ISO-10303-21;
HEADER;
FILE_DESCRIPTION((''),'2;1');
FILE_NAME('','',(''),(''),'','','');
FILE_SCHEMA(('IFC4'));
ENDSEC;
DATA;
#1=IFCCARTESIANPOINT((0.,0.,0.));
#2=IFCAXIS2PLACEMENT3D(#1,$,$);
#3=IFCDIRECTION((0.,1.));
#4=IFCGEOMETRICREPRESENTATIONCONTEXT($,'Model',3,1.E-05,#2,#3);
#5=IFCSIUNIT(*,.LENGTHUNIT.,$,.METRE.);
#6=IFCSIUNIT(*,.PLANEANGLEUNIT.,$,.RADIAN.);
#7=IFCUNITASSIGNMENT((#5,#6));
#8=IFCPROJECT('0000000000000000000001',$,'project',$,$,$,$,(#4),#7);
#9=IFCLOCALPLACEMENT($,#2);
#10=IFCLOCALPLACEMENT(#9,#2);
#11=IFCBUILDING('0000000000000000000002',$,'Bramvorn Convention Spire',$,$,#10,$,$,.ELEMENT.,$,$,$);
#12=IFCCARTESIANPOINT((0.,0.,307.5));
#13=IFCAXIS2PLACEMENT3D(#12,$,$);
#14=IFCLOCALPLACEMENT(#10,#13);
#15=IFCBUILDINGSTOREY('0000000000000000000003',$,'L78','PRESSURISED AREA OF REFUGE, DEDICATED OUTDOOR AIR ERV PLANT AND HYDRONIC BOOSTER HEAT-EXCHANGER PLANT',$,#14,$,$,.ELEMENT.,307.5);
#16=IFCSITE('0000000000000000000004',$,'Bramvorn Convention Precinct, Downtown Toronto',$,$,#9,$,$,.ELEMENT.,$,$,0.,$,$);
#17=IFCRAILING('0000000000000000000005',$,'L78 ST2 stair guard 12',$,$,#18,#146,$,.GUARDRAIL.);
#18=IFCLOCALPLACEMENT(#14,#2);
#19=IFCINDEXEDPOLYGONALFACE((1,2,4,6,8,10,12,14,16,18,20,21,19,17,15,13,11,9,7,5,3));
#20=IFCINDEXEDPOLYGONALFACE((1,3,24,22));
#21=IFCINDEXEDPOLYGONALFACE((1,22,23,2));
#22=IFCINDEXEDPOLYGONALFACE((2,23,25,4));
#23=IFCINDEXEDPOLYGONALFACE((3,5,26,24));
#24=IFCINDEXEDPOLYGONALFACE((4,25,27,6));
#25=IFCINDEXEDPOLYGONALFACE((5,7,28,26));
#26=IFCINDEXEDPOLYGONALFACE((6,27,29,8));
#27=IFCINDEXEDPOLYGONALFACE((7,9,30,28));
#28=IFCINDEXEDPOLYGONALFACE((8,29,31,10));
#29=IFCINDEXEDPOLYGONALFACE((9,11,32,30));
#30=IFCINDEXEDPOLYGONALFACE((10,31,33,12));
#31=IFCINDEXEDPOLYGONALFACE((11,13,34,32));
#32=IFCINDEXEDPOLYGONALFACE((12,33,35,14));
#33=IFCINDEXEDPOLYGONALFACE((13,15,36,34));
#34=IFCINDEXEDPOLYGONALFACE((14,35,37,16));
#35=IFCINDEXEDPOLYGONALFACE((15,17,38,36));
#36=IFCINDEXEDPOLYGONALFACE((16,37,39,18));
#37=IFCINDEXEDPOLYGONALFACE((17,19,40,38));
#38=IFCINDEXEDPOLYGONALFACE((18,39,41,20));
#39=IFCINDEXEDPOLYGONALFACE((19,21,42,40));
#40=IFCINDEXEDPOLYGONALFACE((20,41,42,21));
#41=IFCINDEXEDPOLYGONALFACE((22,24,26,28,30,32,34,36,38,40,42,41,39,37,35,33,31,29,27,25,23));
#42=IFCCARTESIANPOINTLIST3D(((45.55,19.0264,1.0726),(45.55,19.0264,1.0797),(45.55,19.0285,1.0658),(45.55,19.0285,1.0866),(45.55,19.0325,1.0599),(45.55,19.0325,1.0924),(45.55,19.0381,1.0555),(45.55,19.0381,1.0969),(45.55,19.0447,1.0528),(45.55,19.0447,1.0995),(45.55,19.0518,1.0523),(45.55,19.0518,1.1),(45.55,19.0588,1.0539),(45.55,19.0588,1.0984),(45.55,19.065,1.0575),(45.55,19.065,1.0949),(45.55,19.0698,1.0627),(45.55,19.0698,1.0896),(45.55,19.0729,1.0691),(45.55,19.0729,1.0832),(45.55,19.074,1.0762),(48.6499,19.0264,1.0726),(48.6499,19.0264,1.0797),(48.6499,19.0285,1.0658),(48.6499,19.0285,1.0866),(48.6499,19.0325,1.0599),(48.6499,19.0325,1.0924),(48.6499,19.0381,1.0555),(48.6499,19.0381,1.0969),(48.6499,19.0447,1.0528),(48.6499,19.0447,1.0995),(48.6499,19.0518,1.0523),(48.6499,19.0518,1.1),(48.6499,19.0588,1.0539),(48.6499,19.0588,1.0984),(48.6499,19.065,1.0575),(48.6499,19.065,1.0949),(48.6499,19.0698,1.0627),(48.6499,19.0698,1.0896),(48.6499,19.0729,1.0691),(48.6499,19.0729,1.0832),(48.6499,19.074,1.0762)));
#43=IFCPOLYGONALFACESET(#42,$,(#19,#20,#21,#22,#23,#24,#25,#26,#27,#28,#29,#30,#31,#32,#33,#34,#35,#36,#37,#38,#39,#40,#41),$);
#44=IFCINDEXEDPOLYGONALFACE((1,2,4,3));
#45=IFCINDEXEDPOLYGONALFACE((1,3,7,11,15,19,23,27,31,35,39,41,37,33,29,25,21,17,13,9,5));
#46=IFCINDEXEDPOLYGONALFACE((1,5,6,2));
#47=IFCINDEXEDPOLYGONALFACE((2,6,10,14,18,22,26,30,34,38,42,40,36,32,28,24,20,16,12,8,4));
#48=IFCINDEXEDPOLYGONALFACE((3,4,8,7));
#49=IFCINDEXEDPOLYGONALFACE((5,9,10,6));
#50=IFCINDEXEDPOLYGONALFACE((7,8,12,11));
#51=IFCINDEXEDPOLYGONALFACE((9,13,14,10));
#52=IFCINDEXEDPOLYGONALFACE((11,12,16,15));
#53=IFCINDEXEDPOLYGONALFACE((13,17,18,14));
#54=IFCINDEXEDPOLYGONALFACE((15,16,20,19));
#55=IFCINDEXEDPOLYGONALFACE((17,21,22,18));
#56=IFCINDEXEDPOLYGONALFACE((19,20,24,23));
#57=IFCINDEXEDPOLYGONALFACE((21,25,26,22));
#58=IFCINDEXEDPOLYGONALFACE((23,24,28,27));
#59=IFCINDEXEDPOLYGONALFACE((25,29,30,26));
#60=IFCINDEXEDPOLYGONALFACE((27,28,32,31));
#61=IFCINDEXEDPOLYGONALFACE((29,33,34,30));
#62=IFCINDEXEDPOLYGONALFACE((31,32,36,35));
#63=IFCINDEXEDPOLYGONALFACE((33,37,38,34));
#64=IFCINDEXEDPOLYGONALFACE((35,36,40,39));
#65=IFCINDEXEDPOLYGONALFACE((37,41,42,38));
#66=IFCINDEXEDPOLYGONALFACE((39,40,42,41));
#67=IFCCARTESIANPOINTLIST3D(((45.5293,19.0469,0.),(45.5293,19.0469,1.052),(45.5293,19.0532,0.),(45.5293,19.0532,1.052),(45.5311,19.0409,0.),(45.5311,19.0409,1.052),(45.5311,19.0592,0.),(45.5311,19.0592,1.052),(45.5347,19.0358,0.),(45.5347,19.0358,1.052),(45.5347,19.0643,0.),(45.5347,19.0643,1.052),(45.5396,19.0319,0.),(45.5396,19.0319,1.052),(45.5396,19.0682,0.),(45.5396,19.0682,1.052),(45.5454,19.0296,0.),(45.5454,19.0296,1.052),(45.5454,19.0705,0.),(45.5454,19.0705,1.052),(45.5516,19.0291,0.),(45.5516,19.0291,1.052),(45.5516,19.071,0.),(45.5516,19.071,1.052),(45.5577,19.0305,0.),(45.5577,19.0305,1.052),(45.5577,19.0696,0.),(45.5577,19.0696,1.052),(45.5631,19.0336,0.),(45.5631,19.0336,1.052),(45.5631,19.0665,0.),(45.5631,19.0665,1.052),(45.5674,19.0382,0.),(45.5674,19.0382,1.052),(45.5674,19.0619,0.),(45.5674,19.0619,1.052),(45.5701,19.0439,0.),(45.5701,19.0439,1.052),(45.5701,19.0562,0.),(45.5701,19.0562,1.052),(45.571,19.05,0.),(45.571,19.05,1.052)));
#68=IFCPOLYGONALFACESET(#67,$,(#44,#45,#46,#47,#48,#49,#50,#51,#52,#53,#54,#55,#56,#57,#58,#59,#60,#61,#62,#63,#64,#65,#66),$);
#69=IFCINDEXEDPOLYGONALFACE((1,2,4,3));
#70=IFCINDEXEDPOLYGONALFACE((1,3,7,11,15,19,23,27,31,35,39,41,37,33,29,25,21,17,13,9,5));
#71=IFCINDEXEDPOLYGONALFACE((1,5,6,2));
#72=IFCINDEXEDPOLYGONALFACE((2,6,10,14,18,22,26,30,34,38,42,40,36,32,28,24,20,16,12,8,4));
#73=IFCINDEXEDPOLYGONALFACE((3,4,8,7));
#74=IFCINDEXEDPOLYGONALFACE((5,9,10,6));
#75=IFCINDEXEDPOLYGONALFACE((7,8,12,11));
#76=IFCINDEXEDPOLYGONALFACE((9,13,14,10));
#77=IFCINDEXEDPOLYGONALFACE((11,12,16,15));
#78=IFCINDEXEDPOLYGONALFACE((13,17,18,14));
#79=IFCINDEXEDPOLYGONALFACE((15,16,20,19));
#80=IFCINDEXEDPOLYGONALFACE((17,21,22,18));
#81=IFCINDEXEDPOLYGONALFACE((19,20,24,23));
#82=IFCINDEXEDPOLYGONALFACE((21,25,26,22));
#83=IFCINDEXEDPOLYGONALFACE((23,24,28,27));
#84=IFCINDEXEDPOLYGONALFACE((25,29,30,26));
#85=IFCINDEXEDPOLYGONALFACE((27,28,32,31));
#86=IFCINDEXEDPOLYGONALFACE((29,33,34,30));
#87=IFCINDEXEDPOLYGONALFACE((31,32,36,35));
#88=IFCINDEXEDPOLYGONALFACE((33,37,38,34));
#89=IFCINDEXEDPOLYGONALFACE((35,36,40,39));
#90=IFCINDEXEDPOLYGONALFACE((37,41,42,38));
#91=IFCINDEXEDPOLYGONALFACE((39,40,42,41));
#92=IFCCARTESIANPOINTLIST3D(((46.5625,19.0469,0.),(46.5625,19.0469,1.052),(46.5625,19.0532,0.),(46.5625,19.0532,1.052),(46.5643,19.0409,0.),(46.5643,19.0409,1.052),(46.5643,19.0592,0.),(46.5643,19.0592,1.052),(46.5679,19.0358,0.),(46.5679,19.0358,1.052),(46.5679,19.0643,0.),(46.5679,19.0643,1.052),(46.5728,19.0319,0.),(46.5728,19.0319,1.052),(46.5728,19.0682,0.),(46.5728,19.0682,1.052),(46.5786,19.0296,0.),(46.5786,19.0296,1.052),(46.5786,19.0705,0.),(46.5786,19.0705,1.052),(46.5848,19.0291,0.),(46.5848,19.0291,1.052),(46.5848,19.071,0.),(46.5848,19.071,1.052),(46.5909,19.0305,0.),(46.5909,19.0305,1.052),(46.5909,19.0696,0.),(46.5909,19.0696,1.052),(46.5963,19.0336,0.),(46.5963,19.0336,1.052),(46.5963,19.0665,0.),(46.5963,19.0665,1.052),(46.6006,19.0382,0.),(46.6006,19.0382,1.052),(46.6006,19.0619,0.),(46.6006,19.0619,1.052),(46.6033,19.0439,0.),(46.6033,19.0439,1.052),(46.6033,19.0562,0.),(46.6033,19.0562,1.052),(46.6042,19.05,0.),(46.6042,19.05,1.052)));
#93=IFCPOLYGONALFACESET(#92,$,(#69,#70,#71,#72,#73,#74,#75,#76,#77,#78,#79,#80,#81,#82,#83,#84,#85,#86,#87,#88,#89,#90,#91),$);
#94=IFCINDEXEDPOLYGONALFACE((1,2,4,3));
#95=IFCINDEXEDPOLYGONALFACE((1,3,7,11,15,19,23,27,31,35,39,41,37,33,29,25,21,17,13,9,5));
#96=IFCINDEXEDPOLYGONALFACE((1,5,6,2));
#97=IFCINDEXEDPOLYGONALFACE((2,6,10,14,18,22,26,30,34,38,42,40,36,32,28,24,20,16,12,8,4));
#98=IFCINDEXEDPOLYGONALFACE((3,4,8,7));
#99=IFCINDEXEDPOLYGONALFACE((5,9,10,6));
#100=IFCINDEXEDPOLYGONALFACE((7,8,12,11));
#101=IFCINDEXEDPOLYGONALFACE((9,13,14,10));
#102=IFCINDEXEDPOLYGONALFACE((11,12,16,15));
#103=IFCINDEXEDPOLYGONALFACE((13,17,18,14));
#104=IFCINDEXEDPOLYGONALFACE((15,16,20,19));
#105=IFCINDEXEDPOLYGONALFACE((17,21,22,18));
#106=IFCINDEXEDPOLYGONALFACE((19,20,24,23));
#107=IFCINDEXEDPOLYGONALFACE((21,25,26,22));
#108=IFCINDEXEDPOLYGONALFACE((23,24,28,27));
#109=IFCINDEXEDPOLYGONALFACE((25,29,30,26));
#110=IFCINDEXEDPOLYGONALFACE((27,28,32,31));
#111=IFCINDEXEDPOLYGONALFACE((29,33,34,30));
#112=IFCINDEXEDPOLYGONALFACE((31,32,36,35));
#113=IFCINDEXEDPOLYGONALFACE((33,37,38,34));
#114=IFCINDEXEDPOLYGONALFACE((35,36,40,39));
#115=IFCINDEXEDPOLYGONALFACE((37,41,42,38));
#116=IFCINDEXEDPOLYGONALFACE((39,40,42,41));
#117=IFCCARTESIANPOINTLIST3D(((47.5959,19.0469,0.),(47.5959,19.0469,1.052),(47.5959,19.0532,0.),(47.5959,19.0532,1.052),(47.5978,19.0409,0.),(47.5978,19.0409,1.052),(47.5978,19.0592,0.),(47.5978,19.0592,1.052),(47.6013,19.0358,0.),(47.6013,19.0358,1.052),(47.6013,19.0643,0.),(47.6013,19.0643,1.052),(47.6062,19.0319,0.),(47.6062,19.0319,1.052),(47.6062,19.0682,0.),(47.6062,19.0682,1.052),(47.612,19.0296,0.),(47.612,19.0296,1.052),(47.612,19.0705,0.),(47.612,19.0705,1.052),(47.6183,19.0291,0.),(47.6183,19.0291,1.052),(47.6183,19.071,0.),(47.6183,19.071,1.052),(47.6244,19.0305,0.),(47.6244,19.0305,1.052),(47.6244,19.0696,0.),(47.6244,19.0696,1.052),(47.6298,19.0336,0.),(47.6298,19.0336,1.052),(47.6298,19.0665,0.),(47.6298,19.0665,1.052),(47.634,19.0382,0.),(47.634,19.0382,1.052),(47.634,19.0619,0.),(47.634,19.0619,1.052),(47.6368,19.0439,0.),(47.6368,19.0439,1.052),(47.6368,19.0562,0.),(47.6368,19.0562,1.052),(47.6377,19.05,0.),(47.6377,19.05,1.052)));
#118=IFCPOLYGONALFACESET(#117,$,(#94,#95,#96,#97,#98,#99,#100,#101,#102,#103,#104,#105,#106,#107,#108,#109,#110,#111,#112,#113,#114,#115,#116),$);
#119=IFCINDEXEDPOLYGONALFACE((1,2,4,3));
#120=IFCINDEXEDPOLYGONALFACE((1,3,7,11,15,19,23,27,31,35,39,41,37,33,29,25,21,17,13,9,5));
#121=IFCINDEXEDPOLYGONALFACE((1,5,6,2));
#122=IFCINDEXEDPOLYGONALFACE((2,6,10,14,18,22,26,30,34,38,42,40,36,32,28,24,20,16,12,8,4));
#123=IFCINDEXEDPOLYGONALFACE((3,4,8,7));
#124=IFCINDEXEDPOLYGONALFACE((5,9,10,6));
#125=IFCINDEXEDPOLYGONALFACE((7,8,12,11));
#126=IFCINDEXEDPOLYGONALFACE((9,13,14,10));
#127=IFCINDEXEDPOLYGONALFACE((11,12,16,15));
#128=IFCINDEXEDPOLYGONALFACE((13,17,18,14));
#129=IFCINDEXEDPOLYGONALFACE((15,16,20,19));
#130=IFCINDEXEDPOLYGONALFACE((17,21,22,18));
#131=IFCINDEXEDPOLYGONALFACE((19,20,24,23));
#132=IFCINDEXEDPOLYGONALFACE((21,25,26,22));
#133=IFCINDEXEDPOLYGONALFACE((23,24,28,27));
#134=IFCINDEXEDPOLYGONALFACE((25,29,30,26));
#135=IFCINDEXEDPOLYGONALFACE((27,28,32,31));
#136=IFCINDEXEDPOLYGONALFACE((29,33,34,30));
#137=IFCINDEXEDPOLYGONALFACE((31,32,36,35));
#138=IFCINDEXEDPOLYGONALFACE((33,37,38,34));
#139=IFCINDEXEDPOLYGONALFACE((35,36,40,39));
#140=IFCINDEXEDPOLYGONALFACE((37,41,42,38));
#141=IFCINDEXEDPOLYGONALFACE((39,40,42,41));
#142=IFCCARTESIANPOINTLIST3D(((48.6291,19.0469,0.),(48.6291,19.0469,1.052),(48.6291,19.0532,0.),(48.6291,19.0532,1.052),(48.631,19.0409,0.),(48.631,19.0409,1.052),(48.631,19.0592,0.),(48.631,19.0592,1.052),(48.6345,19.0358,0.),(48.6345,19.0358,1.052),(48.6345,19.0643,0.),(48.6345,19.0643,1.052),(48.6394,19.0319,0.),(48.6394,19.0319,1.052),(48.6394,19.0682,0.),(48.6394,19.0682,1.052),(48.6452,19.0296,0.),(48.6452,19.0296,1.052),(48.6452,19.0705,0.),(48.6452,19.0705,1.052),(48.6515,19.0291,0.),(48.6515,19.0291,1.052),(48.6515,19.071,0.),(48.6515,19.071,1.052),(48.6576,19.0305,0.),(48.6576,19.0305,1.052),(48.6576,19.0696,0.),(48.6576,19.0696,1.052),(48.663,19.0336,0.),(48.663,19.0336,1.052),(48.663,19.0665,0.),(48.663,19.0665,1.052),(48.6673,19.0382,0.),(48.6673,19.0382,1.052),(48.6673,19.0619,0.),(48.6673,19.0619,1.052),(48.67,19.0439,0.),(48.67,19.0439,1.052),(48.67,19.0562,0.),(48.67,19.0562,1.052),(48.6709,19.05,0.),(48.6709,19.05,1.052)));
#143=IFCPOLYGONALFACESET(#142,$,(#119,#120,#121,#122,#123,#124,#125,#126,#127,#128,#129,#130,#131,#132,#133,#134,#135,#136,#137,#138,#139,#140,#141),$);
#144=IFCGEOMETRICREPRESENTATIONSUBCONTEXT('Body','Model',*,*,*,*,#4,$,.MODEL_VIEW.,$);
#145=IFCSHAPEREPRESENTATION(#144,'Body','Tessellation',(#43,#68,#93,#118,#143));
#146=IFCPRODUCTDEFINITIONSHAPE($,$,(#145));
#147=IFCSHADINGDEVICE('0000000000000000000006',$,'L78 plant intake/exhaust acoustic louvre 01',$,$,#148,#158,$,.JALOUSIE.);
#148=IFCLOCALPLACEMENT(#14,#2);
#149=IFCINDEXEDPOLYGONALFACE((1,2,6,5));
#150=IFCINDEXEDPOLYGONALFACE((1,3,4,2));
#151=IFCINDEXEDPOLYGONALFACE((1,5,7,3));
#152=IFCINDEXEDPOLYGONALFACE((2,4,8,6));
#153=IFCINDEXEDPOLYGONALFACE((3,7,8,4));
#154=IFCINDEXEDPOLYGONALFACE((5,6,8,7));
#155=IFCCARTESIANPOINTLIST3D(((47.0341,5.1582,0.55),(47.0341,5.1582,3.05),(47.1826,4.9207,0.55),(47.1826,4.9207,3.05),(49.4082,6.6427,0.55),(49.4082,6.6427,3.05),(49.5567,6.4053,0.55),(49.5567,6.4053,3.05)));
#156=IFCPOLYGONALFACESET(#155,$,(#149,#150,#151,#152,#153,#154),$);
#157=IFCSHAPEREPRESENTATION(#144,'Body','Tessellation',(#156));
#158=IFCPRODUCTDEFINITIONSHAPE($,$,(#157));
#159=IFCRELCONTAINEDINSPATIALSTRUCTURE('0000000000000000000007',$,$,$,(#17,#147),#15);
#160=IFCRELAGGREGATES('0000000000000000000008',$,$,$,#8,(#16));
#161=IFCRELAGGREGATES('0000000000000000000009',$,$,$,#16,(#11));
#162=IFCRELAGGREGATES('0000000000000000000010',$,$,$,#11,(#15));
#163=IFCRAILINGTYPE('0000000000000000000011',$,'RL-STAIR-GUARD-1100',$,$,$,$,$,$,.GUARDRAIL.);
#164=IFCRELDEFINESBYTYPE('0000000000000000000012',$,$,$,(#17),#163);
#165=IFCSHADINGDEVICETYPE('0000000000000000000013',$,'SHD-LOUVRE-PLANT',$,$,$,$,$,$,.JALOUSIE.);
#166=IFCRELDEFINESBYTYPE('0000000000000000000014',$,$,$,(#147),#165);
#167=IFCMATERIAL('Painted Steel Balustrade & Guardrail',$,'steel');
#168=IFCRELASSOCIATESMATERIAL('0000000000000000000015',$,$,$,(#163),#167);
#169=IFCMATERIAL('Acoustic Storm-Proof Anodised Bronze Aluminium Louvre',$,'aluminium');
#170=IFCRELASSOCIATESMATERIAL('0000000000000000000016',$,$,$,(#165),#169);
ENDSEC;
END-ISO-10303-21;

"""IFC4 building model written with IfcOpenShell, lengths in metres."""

from ifc_helpers import new_model, si_unit, direction, frame, origin, origin_2d, place, context, subcontext, project, spatial, rectangle, circle, extrude, material, type_object, element, save


model = new_model("IFC4")

# Units and contexts
model_context = context("Model", 3, precision=1e-05, world=origin(), true_north=direction((0.0, 1.0)))
body_context = subcontext(model_context, "Body", "Model", "MODEL_VIEW")
ifc_project = project(units=[si_unit("LENGTHUNIT", "METRE"), si_unit("PLANEANGLEUNIT", "RADIAN")], contexts=[model_context])

# Site, building, storey
site_placement = place(None, origin())
site = spatial("IfcSite", under=ifc_project, at=site_placement, Name="Bramvorn Convention Precinct, Downtown Toronto", CompositionType="ELEMENT", RefElevation=0.0)
building_placement = place(site_placement, origin())
building = spatial("IfcBuilding", under=site, at=building_placement, Name="Bramvorn Convention Spire", CompositionType="ELEMENT")
storey_placement = place(building_placement, frame((0.0, 0.0, 307.5)))
storey = spatial("IfcBuildingStorey", under=building, at=storey_placement, Name="L78", Description="PRESSURISED AREA OF REFUGE, DEDICATED OUTDOOR AIR ERV PLANT AND HYDRONIC BOOSTER HEAT-EXCHANGER PLANT", CompositionType="ELEMENT", Elevation=307.5)

# Railing
ifc_material_1 = material(Name="Painted Steel Balustrade & Guardrail", Category="steel")
railing_type = type_object("IfcRailingType", Name="RL-STAIR-GUARD-1100", PredefinedType="GUARDRAIL", material=ifc_material_1)
railing_1_placement = place(storey_placement, frame((45.55, 19.05, 0.0)))
element("IfcRailing", 1, at=railing_1_placement, inside=storey, type_object=railing_type, Name="L78 ST2 stair guard 12", PredefinedType="GUARDRAIL", context=body_context, shape_type="SweptSolid", body=[
    extrude(circle(Radius=0.0239, at=origin_2d()), frame((0.0, 0.0, 1.0762), z_axis=(1.0, 0.0, 0.0), x_axis=(0.0, 1.0, 0.0)), (0.0, 0.0, 1.0), 3.0999),
    extrude(circle(Radius=0.021, at=origin_2d()), origin(), (0.0, 0.0, 1.0), 1.052),
    extrude(circle(Radius=0.021, at=origin_2d()), frame((1.0332, 0.0, 0.0)), (0.0, 0.0, 1.0), 1.052),
    extrude(circle(Radius=0.021, at=origin_2d()), frame((2.0667, 0.0, 0.0)), (0.0, 0.0, 1.0), 1.052),
    extrude(circle(Radius=0.021, at=origin_2d()), frame((3.0999, 0.0, 0.0)), (0.0, 0.0, 1.0), 1.052),
])

# Shading device
ifc_material_2 = material(Name="Acoustic Storm-Proof Anodised Bronze Aluminium Louvre", Category="aluminium")
shading_device_type = type_object("IfcShadingDeviceType", Name="SHD-LOUVRE-PLANT", PredefinedType="JALOUSIE", material=ifc_material_2)
shading_device_placement = place(storey_placement, frame((48.2954, 5.7817, 0.55), z_axis=(0.0, 0.0, 1.0), x_axis=(-0.847879, -0.53019, 0.0)))
element("IfcShadingDevice", 2, at=shading_device_placement, inside=storey, type_object=shading_device_type, Name="L78 plant intake/exhaust acoustic louvre 01", PredefinedType="JALOUSIE", context=body_context, shape_type="SweptSolid", body=[
    extrude(rectangle(XDim=2.8, YDim=0.28, at=origin_2d()), origin(), (0.0, 0.0, 1.0), 2.5),
])

save(model, "model.ifc")
